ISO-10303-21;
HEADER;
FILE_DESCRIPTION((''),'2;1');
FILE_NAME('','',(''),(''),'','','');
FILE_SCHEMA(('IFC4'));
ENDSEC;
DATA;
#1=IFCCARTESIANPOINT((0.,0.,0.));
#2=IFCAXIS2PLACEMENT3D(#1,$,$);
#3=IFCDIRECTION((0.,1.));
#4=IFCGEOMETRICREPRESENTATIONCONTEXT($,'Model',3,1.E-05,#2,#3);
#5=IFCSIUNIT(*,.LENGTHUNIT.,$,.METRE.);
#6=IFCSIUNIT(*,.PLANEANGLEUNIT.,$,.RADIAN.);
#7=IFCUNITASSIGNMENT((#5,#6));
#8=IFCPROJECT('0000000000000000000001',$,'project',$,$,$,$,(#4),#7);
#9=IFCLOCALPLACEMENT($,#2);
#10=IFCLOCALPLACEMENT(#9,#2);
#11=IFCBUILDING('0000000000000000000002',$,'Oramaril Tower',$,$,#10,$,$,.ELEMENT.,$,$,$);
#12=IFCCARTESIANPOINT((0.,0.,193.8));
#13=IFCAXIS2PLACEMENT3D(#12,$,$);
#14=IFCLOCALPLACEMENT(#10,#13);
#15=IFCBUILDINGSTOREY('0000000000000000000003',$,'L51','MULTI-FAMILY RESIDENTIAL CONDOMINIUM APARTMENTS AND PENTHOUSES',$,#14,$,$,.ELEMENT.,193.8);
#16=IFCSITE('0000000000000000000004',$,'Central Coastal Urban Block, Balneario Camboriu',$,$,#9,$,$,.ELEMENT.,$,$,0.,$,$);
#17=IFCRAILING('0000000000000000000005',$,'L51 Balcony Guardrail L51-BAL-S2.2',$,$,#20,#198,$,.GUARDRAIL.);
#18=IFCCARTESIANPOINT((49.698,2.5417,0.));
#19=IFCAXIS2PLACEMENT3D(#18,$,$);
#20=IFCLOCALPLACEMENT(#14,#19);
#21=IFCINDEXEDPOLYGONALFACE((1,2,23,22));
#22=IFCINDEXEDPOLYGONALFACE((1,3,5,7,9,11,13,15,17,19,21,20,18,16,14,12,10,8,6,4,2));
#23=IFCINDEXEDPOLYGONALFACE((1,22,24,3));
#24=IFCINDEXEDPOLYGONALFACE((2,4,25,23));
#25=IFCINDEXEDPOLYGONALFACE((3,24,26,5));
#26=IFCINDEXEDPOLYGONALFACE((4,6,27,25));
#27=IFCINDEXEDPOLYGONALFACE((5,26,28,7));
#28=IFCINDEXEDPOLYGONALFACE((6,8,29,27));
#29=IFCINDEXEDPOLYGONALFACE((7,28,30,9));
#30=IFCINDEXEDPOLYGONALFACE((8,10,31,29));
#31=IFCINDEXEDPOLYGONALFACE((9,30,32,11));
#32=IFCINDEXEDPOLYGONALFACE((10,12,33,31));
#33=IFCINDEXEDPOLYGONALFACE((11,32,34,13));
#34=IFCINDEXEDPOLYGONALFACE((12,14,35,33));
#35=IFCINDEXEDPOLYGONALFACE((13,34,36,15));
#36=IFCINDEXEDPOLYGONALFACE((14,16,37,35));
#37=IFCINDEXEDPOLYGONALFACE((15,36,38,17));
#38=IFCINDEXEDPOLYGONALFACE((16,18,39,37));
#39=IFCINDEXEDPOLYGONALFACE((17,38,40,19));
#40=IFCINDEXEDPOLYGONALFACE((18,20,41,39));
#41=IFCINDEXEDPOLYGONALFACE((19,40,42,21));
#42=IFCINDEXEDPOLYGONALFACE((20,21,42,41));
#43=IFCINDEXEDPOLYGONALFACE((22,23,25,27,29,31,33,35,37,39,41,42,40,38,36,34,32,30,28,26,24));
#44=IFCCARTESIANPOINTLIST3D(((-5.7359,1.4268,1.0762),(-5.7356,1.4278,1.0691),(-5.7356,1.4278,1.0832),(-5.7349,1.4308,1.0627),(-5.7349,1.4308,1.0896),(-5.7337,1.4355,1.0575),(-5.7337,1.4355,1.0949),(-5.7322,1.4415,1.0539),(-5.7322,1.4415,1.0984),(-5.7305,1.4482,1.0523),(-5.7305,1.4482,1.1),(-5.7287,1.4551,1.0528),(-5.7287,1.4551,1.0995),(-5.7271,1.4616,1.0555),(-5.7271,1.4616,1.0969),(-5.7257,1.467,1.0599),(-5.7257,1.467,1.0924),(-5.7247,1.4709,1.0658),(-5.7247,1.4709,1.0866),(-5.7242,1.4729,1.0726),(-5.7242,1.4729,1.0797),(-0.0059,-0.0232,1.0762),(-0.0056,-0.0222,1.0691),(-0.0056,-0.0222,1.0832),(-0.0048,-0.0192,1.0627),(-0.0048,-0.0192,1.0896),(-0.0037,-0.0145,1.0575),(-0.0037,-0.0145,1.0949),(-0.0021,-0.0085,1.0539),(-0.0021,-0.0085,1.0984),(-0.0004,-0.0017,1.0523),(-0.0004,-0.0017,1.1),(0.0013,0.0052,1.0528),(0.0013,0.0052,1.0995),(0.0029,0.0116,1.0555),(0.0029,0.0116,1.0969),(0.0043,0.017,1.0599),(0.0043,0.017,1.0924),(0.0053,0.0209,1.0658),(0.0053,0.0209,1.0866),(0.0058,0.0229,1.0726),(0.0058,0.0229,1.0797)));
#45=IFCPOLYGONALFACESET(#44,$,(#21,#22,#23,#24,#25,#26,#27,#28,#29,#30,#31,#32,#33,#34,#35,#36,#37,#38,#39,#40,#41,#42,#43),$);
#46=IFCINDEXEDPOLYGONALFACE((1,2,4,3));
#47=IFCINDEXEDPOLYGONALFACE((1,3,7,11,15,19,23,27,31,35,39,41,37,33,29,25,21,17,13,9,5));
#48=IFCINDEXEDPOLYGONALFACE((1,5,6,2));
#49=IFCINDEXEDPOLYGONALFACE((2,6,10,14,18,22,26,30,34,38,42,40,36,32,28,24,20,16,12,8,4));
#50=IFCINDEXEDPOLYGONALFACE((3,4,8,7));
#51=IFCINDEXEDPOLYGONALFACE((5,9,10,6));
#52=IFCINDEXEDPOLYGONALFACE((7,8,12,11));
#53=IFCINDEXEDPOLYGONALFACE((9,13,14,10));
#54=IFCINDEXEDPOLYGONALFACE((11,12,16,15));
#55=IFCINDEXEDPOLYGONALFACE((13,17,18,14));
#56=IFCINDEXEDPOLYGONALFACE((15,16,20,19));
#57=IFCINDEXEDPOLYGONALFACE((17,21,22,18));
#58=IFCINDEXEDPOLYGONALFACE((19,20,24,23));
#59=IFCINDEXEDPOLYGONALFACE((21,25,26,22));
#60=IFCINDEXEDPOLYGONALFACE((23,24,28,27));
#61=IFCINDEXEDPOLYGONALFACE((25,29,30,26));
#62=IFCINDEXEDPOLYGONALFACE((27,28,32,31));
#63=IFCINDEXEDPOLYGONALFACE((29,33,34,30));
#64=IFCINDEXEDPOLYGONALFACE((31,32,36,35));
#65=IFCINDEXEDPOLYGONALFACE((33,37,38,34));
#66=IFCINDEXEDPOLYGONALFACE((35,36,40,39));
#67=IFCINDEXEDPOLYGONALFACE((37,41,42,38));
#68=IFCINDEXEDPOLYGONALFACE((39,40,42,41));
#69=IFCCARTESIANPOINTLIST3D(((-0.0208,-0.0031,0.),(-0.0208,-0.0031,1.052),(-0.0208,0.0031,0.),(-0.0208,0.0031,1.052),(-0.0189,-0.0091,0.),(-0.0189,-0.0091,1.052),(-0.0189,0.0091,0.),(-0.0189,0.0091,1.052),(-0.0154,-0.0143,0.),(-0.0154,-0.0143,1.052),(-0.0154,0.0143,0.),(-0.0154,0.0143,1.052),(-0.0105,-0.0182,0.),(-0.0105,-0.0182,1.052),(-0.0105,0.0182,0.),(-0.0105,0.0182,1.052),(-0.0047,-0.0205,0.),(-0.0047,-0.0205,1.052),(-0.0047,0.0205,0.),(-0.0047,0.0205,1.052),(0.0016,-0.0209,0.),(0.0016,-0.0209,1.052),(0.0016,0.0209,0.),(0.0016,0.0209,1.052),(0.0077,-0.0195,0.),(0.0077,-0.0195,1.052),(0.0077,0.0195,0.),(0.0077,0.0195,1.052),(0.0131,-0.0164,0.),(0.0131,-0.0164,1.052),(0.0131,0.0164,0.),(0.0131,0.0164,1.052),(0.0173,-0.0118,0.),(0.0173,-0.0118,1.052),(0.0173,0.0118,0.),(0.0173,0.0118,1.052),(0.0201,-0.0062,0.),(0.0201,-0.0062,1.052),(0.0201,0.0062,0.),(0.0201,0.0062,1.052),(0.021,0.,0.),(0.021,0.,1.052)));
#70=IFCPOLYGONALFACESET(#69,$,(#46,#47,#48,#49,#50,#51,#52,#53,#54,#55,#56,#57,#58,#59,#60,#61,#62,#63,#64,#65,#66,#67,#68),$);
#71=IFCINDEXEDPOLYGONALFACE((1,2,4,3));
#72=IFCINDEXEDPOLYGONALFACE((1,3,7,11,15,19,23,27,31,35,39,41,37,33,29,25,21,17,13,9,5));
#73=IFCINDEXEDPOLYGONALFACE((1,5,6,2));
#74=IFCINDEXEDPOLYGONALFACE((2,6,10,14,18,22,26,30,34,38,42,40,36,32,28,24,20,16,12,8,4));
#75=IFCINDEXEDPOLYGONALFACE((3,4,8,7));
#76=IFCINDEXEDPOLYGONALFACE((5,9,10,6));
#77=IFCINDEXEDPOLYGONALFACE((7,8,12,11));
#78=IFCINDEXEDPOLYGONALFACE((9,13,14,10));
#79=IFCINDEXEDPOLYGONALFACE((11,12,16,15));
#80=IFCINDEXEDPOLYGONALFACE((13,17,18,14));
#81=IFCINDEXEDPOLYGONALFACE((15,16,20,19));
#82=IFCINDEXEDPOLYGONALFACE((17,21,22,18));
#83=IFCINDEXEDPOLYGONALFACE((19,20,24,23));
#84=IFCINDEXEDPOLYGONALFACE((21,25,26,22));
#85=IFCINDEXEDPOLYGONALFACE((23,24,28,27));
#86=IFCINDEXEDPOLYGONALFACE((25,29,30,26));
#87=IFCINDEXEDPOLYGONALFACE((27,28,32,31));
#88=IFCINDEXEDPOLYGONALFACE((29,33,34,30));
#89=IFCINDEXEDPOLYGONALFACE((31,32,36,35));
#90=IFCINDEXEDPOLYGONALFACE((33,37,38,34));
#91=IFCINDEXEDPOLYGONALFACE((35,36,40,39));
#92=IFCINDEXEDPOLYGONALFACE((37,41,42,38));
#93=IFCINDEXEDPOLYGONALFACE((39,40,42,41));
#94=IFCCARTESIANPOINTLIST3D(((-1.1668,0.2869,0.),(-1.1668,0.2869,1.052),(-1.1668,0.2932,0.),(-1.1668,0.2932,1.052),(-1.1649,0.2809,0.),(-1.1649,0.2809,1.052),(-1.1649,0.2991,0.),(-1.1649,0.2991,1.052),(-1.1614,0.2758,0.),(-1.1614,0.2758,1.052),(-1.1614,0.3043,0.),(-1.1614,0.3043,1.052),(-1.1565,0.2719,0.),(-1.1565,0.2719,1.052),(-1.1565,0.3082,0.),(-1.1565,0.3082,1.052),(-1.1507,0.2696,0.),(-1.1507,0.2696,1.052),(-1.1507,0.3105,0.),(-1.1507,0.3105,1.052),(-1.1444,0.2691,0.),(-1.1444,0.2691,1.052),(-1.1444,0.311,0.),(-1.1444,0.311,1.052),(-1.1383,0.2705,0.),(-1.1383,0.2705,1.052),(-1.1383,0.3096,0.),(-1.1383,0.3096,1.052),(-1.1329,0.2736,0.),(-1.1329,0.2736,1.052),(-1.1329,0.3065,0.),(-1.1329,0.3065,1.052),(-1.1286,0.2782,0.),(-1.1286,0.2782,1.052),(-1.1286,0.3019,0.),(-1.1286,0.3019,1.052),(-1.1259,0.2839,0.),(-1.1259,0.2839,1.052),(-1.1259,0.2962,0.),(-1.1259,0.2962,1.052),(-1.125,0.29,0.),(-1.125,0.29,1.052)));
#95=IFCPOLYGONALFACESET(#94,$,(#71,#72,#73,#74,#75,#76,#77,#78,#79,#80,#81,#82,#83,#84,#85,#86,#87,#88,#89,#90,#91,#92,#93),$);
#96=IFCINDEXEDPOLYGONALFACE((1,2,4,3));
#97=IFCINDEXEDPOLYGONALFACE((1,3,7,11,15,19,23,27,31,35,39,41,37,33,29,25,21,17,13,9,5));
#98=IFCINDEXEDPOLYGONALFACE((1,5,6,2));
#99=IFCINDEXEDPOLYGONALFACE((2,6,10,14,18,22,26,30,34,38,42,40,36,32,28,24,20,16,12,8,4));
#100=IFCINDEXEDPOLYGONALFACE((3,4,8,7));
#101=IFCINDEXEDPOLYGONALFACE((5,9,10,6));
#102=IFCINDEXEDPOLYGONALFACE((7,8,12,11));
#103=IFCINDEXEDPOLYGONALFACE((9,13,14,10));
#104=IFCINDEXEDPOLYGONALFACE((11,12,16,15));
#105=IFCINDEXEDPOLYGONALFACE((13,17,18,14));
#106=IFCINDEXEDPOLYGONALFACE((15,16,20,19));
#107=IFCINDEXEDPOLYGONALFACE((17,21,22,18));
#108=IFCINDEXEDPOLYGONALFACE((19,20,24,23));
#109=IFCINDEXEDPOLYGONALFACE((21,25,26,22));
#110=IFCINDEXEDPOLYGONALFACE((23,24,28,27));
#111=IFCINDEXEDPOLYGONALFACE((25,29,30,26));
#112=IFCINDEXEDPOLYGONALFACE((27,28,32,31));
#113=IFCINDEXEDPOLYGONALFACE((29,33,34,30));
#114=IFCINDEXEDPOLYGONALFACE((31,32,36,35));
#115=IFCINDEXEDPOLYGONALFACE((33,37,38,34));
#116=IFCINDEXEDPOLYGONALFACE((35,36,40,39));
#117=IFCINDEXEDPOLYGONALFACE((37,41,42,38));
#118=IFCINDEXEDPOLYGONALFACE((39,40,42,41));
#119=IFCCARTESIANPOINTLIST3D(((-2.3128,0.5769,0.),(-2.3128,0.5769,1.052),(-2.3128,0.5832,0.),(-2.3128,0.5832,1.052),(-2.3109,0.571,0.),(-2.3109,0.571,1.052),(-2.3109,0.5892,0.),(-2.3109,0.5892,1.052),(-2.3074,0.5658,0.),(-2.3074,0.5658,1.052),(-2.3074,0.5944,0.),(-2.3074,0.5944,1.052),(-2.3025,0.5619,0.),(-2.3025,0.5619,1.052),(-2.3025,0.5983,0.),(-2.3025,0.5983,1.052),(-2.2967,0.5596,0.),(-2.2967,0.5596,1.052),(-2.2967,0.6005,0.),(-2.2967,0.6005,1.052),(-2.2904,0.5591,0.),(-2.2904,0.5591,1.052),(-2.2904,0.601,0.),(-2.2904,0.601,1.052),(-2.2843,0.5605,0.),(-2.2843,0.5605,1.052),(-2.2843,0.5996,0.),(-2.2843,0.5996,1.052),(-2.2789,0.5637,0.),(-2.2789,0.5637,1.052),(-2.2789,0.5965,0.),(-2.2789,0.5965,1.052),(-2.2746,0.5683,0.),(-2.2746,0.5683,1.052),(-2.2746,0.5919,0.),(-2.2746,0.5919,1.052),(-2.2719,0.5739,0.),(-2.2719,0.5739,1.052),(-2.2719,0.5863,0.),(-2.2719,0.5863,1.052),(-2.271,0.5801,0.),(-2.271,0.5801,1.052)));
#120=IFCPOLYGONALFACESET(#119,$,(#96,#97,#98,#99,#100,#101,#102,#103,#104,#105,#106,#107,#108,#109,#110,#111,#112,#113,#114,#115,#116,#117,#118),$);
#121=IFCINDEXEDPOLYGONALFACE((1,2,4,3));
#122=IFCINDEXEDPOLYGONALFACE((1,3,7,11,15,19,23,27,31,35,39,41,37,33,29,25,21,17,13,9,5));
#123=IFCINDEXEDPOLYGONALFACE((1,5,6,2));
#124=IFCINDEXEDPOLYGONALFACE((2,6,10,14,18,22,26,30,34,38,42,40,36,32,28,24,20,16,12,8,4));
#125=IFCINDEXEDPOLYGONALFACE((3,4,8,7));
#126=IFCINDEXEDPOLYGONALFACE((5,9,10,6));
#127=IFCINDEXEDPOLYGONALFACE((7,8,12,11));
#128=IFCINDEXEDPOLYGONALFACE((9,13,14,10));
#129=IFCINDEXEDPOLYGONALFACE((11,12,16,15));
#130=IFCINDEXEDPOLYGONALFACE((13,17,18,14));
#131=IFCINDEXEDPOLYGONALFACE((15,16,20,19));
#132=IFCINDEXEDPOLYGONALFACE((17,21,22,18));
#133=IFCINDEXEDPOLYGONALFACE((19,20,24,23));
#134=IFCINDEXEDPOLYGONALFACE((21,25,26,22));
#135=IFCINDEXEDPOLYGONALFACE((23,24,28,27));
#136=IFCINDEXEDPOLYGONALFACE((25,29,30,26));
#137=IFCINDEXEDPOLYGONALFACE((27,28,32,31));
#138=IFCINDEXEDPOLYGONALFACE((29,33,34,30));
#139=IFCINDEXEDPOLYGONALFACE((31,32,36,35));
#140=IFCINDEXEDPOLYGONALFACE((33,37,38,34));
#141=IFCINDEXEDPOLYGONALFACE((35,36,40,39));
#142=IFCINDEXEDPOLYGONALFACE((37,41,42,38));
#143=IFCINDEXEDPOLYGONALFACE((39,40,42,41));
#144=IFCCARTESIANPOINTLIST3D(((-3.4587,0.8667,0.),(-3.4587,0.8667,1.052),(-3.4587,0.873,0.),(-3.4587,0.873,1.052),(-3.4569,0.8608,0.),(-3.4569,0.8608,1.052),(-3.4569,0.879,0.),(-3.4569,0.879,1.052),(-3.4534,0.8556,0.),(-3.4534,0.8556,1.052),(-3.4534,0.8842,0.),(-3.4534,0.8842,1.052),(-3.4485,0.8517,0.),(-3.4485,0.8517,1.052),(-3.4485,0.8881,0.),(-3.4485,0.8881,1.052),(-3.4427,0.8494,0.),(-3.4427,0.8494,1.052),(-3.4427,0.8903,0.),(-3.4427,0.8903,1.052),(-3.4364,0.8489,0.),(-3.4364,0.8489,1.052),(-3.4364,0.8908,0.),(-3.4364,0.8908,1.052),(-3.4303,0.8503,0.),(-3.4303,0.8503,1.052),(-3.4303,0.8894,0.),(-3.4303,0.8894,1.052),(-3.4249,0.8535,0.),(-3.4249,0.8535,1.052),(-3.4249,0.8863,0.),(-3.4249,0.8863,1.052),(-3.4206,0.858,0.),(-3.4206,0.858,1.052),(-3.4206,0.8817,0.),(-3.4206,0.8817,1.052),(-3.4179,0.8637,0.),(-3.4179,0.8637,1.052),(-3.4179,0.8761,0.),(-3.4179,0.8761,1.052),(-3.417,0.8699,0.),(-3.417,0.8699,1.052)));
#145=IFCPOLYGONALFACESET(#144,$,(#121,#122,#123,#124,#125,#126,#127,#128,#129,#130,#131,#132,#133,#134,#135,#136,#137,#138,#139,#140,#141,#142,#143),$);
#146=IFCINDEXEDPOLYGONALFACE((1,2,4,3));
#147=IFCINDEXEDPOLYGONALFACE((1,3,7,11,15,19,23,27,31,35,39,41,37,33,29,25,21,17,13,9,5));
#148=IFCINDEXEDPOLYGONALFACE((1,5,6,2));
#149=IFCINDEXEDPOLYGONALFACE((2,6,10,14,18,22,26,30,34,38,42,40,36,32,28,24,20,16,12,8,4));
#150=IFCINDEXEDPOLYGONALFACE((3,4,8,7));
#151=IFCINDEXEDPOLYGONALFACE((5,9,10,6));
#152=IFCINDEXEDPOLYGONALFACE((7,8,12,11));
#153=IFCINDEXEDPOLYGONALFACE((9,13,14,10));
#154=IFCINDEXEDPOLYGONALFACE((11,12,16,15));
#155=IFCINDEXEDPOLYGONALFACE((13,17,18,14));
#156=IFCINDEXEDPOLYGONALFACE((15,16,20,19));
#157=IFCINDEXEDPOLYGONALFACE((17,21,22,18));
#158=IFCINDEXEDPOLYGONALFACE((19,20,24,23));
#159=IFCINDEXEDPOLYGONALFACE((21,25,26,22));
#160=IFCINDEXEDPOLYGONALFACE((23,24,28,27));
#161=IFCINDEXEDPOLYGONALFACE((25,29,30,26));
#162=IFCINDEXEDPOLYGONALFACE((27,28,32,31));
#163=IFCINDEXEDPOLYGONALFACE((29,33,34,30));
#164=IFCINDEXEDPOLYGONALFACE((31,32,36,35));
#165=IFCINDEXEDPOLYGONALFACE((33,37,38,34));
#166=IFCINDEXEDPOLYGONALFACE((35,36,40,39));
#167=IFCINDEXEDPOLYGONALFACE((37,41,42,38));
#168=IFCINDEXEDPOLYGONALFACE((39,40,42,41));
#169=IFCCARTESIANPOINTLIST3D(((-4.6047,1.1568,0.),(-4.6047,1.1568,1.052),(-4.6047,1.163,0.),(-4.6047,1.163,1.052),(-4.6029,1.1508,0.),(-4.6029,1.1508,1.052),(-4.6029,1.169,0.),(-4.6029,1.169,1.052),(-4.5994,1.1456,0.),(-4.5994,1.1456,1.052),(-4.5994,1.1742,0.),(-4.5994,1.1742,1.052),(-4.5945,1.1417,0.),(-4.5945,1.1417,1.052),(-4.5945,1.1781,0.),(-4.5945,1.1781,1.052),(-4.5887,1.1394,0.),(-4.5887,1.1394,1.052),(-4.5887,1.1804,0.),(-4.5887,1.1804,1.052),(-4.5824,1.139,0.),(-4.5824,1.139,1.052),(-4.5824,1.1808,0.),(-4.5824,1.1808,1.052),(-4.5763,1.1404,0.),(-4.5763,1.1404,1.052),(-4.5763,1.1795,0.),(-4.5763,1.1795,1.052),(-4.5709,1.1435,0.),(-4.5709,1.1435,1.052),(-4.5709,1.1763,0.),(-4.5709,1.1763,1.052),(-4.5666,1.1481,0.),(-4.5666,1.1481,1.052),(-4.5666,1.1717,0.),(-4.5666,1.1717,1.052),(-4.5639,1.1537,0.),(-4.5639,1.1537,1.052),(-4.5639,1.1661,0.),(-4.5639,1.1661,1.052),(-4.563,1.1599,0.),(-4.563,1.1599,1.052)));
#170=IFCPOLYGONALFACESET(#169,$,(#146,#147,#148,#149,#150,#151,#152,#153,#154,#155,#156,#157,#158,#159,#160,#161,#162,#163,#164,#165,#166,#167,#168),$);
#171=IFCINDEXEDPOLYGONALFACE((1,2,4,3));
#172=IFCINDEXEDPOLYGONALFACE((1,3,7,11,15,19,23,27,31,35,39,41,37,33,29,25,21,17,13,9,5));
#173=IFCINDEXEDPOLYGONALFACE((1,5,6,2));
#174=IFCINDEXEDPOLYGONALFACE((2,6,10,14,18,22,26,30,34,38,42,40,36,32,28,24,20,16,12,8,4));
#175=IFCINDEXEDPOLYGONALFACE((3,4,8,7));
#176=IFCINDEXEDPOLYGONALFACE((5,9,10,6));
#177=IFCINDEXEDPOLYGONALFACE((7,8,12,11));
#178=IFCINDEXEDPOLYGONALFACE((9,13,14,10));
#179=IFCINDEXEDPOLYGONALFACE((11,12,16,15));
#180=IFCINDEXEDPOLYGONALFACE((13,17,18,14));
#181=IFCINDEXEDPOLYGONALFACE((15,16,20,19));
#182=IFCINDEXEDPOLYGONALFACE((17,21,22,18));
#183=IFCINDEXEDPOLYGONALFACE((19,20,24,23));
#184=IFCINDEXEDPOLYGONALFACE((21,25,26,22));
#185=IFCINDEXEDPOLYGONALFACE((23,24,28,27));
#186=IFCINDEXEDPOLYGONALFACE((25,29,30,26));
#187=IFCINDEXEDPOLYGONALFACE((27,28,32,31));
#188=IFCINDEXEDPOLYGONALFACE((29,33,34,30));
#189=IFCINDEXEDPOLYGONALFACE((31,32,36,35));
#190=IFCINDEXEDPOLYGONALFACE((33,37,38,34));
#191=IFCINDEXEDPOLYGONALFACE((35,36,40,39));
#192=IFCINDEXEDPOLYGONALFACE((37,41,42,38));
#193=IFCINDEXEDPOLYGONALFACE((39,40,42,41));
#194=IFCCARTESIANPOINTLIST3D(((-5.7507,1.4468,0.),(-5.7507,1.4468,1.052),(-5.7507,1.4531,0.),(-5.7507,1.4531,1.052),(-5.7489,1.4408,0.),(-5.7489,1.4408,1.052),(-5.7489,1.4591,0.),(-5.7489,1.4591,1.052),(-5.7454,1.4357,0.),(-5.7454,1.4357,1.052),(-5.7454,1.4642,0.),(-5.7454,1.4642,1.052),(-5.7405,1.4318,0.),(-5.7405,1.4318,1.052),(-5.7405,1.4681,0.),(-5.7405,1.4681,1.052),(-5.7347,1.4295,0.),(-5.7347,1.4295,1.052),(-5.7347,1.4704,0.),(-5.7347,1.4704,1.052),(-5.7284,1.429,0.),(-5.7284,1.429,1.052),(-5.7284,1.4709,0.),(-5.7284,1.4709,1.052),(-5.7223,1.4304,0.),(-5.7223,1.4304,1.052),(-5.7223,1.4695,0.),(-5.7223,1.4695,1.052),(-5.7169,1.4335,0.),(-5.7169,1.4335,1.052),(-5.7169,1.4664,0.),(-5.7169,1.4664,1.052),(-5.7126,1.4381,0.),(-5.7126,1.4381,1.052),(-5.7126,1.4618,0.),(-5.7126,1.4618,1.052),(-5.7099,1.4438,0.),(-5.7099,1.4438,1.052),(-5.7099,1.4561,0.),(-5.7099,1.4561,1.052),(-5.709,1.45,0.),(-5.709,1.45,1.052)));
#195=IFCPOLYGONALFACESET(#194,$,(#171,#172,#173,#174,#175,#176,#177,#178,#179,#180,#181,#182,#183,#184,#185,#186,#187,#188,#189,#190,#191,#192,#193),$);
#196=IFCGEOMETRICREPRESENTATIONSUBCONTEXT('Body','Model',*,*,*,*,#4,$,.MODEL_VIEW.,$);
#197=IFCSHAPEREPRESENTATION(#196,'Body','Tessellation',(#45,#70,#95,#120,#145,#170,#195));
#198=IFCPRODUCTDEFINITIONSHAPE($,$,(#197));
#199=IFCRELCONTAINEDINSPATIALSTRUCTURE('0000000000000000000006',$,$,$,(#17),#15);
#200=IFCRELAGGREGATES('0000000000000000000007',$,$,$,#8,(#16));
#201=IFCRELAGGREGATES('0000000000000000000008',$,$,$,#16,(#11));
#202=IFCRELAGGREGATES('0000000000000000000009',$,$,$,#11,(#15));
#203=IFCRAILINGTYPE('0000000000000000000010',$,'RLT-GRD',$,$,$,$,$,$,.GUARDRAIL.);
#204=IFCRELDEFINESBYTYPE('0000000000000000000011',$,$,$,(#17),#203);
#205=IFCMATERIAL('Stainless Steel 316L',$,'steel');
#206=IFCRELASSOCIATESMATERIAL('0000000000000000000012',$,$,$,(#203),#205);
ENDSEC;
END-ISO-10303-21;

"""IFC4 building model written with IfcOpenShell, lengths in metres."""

from ifc_helpers import new_model, si_unit, direction, frame, origin, origin_2d, place, context, subcontext, project, spatial, circle, extrude, material, type_object, element, save


model = new_model("IFC4")

# Units and contexts
model_context = context("Model", 3, precision=1e-05, world=origin(), true_north=direction((0.0, 1.0)))
body_context = subcontext(model_context, "Body", "Model", "MODEL_VIEW")
ifc_project = project(units=[si_unit("LENGTHUNIT", "METRE"), si_unit("PLANEANGLEUNIT", "RADIAN")], contexts=[model_context])

# Site, building, storey
site_placement = place(None, origin())
site = spatial("IfcSite", under=ifc_project, at=site_placement, Name="Central Coastal Urban Block, Balneario Camboriu", CompositionType="ELEMENT", RefElevation=0.0)
building_placement = place(site_placement, origin())
building = spatial("IfcBuilding", under=site, at=building_placement, Name="Oramaril Tower", CompositionType="ELEMENT")
storey_placement = place(building_placement, frame((0.0, 0.0, 193.8)))
storey = spatial("IfcBuildingStorey", under=building, at=storey_placement, Name="L51", Description="MULTI-FAMILY RESIDENTIAL CONDOMINIUM APARTMENTS AND PENTHOUSES", CompositionType="ELEMENT", Elevation=193.8)

# Railing
ifc_material_1 = material(Name="Stainless Steel 316L", Category="steel")
railing_type_1 = type_object("IfcRailingType", Name="RLT-GRD", PredefinedType="GUARDRAIL", material=ifc_material_1)
railing_1_placement = place(storey_placement, frame((49.698, 2.5417, 0.0)))
element("IfcRailing", 1, at=railing_1_placement, inside=storey, type_object=railing_type_1, Name="L51 Balcony Guardrail L51-BAL-S2.2", PredefinedType="GUARDRAIL", context=body_context, shape_type="SweptSolid", body=[
    extrude(circle(Radius=0.0239, at=origin_2d()), frame((0.0, 0.0, 1.0762), z_axis=(-0.969444, 0.245314, 0.0), x_axis=(-0.245314, -0.969444, 0.0)), (0.0, 0.0, 1.0), 5.9106),
    extrude(circle(Radius=0.021, at=origin_2d()), origin(), (0.0, 0.0, 1.0), 1.052),
    extrude(circle(Radius=0.021, at=origin_2d()), frame((-1.146, 0.29, 0.0)), (0.0, 0.0, 1.0), 1.052),
    extrude(circle(Radius=0.021, at=origin_2d()), frame((-2.292, 0.5801, 0.0)), (0.0, 0.0, 1.0), 1.052),
    extrude(circle(Radius=0.021, at=origin_2d()), frame((-3.438, 0.8699, 0.0)), (0.0, 0.0, 1.0), 1.052),
    extrude(circle(Radius=0.021, at=origin_2d()), frame((-4.584, 1.1599, 0.0)), (0.0, 0.0, 1.0), 1.052),
    extrude(circle(Radius=0.021, at=origin_2d()), frame((-5.73, 1.45, 0.0)), (0.0, 0.0, 1.0), 1.052),
])

save(model, "model.ifc")
